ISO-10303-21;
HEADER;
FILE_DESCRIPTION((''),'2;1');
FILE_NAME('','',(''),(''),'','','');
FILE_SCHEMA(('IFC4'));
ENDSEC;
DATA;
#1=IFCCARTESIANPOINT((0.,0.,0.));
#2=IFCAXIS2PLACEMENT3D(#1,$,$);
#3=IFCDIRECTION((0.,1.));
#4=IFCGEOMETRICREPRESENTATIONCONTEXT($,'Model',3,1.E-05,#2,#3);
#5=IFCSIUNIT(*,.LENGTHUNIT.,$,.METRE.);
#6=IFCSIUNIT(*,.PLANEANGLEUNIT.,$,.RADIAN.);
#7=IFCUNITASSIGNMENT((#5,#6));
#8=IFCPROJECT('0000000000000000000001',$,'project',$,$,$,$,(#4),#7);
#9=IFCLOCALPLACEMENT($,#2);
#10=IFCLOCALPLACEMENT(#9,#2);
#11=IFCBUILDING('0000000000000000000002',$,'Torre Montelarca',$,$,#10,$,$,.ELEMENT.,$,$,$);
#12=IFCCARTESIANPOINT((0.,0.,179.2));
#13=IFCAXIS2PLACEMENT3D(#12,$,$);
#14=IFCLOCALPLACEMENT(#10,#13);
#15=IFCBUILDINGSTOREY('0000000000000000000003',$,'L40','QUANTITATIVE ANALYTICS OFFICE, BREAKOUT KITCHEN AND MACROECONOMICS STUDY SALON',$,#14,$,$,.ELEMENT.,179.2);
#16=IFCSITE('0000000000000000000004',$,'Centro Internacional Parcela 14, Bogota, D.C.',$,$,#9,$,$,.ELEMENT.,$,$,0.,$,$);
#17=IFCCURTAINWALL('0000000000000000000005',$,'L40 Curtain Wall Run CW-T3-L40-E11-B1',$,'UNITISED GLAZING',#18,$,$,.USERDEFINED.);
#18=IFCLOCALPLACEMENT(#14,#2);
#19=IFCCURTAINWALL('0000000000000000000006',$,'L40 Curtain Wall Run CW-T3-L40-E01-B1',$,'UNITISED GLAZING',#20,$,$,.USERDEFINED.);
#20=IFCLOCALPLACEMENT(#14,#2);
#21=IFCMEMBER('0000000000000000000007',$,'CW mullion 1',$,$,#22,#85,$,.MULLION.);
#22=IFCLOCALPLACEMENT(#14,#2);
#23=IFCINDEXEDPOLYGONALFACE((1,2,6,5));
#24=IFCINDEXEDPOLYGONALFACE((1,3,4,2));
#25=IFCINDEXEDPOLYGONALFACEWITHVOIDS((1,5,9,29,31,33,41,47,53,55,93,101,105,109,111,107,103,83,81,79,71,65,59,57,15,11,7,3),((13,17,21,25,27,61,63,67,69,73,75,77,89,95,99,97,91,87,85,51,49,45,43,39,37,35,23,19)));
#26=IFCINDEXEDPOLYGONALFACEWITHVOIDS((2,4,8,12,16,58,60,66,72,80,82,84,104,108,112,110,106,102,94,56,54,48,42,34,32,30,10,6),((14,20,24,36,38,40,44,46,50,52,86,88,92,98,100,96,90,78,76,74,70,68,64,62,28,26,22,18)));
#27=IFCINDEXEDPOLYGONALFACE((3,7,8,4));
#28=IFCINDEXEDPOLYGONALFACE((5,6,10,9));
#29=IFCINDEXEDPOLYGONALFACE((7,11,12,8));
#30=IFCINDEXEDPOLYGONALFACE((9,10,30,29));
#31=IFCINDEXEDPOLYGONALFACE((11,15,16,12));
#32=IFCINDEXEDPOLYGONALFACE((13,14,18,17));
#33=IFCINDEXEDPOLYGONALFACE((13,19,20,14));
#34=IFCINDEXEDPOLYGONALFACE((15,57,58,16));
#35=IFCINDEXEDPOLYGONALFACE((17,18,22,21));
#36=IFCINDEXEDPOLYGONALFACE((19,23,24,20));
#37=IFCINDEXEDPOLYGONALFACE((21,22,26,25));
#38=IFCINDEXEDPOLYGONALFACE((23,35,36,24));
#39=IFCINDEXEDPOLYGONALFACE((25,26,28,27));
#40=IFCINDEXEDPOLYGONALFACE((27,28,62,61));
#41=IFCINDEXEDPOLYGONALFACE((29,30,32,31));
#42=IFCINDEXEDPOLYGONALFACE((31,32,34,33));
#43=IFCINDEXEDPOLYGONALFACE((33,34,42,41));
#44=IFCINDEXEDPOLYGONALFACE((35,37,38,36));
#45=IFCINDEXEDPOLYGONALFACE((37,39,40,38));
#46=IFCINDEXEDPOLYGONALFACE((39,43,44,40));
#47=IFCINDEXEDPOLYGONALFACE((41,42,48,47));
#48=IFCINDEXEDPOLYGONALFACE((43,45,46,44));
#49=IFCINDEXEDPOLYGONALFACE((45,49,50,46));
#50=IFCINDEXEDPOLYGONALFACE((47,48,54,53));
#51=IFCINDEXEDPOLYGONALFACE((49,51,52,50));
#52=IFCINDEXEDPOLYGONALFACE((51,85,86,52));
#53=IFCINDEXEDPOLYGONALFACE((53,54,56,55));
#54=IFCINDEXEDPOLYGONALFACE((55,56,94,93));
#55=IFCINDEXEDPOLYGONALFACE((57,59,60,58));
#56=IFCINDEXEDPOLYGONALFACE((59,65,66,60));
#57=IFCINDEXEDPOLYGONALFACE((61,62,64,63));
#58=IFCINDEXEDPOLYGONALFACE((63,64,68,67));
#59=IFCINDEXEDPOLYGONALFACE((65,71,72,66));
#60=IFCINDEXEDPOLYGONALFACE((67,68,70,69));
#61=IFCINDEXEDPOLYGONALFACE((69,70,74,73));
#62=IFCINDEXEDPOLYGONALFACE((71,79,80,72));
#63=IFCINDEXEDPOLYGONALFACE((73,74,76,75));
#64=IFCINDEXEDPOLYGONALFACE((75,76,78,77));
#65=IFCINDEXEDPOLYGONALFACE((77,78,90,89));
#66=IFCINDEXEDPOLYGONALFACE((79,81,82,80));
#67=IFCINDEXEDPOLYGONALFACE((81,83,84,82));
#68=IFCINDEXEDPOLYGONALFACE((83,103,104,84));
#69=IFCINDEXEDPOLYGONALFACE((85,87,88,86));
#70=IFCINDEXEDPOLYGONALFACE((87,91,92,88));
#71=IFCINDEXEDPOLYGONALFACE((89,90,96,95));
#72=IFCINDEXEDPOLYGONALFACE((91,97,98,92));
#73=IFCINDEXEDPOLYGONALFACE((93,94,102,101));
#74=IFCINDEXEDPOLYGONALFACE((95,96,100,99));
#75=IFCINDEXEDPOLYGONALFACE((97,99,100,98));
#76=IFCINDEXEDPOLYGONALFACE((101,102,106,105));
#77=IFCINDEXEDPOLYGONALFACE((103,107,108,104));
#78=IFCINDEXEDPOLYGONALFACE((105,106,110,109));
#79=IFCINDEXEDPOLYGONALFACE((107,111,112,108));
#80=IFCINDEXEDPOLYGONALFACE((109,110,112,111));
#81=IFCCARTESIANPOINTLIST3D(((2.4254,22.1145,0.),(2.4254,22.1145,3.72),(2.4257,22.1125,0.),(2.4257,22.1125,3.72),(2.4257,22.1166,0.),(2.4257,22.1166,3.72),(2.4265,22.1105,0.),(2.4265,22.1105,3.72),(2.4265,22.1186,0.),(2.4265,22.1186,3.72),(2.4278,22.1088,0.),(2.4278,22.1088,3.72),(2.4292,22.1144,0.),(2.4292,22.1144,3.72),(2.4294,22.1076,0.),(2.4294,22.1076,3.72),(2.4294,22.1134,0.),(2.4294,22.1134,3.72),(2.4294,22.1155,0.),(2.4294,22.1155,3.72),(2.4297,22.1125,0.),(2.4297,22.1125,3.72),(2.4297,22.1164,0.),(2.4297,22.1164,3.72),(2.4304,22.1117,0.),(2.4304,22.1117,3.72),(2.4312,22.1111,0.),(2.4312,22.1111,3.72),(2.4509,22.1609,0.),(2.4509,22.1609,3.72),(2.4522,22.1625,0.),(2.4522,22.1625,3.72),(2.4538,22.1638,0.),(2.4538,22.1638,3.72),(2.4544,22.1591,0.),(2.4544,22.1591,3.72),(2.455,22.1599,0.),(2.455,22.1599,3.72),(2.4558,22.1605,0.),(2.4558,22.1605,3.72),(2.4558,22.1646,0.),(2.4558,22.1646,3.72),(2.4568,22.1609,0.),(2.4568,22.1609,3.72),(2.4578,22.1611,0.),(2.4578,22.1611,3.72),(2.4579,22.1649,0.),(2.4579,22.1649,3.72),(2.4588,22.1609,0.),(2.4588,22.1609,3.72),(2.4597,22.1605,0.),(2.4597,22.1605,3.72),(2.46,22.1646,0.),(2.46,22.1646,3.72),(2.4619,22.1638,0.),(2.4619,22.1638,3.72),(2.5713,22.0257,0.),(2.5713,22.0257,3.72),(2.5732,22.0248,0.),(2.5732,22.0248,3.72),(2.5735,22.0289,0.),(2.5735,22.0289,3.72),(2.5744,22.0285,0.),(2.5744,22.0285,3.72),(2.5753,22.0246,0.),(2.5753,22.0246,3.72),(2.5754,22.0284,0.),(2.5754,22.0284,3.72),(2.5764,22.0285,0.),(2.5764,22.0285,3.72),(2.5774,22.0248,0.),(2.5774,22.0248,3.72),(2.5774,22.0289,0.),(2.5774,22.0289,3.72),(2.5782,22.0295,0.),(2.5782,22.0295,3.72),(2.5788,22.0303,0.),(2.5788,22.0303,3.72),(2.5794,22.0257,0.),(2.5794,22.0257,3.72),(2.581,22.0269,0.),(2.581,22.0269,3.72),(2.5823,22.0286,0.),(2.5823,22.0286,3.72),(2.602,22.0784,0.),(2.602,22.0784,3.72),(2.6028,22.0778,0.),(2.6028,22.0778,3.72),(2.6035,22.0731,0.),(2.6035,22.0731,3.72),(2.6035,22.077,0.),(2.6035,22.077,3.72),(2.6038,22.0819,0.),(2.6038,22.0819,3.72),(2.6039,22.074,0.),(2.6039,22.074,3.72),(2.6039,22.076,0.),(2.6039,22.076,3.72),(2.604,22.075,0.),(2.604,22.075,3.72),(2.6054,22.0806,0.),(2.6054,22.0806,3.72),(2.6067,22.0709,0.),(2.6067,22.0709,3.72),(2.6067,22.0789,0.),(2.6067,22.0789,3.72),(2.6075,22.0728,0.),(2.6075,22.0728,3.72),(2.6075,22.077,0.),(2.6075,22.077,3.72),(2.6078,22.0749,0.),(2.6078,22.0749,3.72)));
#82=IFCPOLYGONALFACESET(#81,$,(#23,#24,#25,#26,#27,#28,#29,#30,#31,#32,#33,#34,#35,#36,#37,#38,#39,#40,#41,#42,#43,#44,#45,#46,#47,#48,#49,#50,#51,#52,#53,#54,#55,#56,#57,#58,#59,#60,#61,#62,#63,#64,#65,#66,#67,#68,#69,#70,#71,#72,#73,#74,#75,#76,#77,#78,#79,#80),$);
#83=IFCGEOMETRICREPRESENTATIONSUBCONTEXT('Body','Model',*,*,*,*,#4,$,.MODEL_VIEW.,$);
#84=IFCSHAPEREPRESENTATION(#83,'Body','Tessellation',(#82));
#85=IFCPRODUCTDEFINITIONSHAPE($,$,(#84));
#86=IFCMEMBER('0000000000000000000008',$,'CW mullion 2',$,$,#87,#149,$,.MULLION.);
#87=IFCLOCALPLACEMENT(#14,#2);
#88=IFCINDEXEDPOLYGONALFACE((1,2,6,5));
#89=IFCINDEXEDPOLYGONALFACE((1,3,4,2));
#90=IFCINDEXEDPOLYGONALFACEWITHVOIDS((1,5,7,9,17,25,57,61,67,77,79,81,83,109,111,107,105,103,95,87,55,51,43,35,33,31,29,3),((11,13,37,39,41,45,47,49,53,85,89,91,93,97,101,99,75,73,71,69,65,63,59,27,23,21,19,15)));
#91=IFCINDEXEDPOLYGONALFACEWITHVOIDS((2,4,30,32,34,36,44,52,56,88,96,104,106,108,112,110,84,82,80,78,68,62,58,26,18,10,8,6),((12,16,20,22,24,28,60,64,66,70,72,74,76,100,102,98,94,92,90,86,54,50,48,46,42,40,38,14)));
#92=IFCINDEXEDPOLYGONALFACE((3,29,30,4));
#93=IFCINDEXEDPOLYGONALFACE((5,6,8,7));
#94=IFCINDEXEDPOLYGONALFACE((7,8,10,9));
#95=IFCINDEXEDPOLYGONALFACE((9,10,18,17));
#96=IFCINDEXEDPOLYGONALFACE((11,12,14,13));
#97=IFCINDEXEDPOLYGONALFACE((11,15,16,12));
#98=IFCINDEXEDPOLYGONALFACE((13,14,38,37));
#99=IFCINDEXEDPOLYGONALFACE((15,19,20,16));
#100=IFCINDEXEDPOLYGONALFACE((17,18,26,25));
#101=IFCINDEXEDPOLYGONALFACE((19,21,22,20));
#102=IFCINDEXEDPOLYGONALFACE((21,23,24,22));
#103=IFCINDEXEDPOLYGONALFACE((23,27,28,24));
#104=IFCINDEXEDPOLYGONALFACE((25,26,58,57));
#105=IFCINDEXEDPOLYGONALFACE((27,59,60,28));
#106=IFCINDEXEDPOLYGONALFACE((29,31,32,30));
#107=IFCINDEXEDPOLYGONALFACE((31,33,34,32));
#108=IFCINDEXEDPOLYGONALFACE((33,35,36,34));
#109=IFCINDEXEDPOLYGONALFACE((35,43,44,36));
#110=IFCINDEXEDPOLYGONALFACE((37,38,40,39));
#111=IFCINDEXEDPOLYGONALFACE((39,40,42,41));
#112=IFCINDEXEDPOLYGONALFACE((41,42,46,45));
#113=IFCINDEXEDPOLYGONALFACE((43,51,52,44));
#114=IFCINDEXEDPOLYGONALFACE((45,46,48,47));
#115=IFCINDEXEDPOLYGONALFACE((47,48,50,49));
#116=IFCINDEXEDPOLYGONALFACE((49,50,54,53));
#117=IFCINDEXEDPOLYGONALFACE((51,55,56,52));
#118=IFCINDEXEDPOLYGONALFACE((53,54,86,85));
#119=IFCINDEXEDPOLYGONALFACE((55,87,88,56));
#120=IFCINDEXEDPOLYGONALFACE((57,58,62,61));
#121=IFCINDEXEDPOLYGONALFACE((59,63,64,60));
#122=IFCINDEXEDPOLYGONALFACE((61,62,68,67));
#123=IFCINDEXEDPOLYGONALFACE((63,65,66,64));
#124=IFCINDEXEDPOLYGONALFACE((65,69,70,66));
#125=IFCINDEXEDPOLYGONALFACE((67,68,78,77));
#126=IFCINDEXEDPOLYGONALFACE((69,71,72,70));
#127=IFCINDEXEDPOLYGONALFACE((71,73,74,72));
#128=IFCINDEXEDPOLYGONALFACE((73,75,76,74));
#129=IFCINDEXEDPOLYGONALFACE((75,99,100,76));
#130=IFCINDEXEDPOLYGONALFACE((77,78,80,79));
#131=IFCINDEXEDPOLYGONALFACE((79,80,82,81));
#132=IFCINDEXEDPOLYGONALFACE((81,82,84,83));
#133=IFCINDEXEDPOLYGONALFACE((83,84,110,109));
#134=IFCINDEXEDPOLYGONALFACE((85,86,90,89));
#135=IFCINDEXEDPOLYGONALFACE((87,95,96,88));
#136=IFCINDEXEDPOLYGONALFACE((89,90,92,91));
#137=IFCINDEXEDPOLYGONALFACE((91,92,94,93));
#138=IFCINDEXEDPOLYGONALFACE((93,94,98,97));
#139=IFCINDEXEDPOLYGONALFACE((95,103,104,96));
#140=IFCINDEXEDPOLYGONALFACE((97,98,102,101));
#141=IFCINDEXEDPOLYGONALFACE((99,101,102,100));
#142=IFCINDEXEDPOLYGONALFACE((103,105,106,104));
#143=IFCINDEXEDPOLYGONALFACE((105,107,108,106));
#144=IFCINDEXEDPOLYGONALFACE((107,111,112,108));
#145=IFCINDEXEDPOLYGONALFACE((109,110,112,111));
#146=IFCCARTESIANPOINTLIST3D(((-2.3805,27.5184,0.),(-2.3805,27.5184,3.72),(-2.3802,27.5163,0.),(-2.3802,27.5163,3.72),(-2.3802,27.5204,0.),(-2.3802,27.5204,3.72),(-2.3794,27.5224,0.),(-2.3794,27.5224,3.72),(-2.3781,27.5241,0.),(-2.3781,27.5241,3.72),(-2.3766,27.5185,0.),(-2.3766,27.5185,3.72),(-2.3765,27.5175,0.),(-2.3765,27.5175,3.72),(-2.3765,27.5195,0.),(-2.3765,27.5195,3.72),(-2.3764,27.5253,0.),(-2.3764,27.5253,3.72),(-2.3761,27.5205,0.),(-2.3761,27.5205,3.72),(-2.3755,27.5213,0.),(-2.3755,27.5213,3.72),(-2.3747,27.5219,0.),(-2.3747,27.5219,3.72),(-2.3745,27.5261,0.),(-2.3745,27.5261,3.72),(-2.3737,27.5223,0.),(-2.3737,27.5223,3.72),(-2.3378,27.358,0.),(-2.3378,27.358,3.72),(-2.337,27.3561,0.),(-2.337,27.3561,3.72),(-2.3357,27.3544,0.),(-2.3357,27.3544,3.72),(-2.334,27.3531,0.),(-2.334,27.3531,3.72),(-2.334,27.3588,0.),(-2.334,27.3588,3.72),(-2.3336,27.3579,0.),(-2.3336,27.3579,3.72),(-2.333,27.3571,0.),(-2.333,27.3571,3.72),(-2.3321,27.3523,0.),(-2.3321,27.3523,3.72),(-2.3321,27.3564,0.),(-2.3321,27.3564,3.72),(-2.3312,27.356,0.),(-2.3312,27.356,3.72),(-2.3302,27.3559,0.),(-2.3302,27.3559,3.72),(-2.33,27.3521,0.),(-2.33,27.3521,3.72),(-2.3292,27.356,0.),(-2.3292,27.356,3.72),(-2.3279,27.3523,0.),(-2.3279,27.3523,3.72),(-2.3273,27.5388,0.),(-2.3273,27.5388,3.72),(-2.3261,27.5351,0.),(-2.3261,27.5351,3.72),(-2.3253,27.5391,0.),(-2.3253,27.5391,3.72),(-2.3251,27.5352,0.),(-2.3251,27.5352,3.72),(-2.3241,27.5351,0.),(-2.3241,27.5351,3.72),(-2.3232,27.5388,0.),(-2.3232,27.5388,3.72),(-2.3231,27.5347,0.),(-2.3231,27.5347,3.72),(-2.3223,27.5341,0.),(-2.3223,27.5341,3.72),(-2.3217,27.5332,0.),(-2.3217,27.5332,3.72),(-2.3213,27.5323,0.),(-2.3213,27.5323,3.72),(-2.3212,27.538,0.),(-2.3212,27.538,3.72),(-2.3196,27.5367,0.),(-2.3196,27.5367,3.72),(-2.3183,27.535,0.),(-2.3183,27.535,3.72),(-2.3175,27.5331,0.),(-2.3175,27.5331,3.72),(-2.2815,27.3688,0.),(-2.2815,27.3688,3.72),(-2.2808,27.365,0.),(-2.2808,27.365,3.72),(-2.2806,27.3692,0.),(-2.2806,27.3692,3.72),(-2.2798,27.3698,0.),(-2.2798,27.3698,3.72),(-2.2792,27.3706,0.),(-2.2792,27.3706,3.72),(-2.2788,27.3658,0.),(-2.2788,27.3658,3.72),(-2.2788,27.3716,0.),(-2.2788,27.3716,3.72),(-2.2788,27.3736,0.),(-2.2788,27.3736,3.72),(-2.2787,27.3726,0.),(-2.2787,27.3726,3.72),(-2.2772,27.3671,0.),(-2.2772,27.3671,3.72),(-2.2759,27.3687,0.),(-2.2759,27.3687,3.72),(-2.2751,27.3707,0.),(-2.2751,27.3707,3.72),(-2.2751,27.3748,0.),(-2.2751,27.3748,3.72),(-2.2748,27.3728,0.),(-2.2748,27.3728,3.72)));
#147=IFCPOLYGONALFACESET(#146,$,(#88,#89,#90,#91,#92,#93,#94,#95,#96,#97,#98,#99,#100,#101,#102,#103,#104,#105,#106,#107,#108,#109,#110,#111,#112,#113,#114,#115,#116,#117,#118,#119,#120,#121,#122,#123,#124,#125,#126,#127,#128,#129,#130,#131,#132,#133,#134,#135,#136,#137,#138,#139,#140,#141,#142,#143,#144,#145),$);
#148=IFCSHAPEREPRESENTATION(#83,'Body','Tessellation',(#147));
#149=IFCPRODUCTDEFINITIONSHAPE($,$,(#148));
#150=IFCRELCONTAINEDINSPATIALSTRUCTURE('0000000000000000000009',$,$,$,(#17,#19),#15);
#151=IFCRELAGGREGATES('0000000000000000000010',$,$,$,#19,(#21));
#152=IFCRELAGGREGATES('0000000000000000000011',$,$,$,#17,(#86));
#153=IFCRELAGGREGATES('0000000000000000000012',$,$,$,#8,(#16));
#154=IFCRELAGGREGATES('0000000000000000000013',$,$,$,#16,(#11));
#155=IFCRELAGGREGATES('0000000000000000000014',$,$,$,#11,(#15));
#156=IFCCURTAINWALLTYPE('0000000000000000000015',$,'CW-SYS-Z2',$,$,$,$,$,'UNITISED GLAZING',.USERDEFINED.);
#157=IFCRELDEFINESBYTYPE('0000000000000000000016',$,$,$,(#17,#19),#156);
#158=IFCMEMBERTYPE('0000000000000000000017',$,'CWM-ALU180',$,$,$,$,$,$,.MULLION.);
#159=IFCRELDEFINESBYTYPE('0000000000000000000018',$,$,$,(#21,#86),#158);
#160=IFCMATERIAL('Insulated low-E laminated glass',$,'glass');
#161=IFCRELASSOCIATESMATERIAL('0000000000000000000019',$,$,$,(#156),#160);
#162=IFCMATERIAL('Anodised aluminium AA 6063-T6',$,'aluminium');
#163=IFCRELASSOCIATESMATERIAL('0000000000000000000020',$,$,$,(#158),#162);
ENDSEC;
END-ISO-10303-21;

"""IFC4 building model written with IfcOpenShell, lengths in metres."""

from ifc_helpers import new_model, si_unit, direction, frame, origin, origin_2d, place, context, subcontext, project, spatial, hollow_rectangle, extrude, source, transform, mapped, material, material_profile, profile_set, type_object, element, aggregate, save


model = new_model("IFC4")

# Units and contexts
model_context = context("Model", 3, precision=1e-05, world=origin(), true_north=direction((0.0, 1.0)))
body_context = subcontext(model_context, "Body", "Model", "MODEL_VIEW")
ifc_project = project(units=[si_unit("LENGTHUNIT", "METRE"), si_unit("PLANEANGLEUNIT", "RADIAN")], contexts=[model_context])

# Site, building, storey
site_placement = place(None, origin())
site = spatial("IfcSite", under=ifc_project, at=site_placement, Name="Centro Internacional Parcela 14, Bogota, D.C.", CompositionType="ELEMENT", RefElevation=0.0)
building_placement = place(site_placement, origin())
building = spatial("IfcBuilding", under=site, at=building_placement, Name="Torre Montelarca", CompositionType="ELEMENT")
storey_placement = place(building_placement, frame((0.0, 0.0, 179.2)))
storey = spatial("IfcBuildingStorey", under=building, at=storey_placement, Name="L40", Description="QUANTITATIVE ANALYTICS OFFICE, BREAKOUT KITCHEN AND MACROECONOMICS STUDY SALON", CompositionType="ELEMENT", Elevation=179.2)

# Curtain wall
ifc_material_1 = material(Name="Insulated low-E laminated glass", Category="glass")
curtain_wall_type = type_object("IfcCurtainWallType", Name="CW-SYS-Z2", ElementType="UNITISED GLAZING", PredefinedType="USERDEFINED", material=ifc_material_1)
curtain_wall_1_placement = place(storey_placement, origin())
curtain_wall_1 = element("IfcCurtainWall", 1, at=curtain_wall_1_placement, inside=storey, type_object=curtain_wall_type, Name="L40 Curtain Wall Run CW-T3-L40-E11-B1", ObjectType="UNITISED GLAZING", PredefinedType="USERDEFINED")
ifc_material_2 = material(Name="Anodised aluminium AA 6063-T6", Category="aluminium")

# Curtain wall, member
curtain_wall_2_placement = place(storey_placement, origin())
curtain_wall_2 = element("IfcCurtainWall", 2, at=curtain_wall_2_placement, inside=storey, type_object=curtain_wall_type, Name="L40 Curtain Wall Run CW-T3-L40-E01-B1", ObjectType="UNITISED GLAZING", PredefinedType="USERDEFINED")
ifc_material_profile_1 = material_profile(ifc_material_2, hollow_rectangle(XDim=0.0649, YDim=0.1799, WallThickness=0.0039, InnerFilletRadius=0.0039, OuterFilletRadius=0.0081, at=origin_2d()), Name="ALU65X180X4", Category="aluminium")
ifc_profile_set_1 = profile_set([ifc_material_profile_1], Name="Anodised aluminium AA 6063-T6")
member_type_1 = type_object("IfcMemberType", Name="CWM-ALU180", PredefinedType="MULLION", material=ifc_profile_set_1)
shared_shape_1 = source(origin(), body_context, "Body", "SweptSolid", [
    extrude(hollow_rectangle(XDim=0.0649, YDim=0.1799, WallThickness=0.0039, InnerFilletRadius=0.0039, OuterFilletRadius=0.0081, at=origin_2d()), origin(), (0.0, 0.0, 1.0), 3.72),
])
member_1_placement = place(storey_placement, frame((2.5166, 22.0947, 0.0), z_axis=(0.0, 0.0, 1.0), x_axis=(0.500001, 0.866025, 0.0)))
member_1 = element("IfcMember", 3, at=member_1_placement, type_object=member_type_1, Name="CW mullion 1", PredefinedType="MULLION", context=body_context, shape_type="MappedRepresentation", body=[
    mapped(shared_shape_1, transform((0.0, 0.0, 0.0), scale=1.0)),
])

# Member
member_2_placement = place(storey_placement, frame((-2.3276, 27.4456, 0.0), z_axis=(0.0, 0.0, 1.0), x_axis=(0.965928, 0.25881, 0.0)))
member_2 = element("IfcMember", 4, at=member_2_placement, type_object=member_type_1, Name="CW mullion 2", PredefinedType="MULLION", context=body_context, shape_type="MappedRepresentation", body=[
    mapped(shared_shape_1, transform((0.0, 0.0, 0.0), scale=1.0)),
])
aggregate(curtain_wall_2, [member_1])

aggregate(curtain_wall_1, [member_2])

save(model, "model.ifc")
